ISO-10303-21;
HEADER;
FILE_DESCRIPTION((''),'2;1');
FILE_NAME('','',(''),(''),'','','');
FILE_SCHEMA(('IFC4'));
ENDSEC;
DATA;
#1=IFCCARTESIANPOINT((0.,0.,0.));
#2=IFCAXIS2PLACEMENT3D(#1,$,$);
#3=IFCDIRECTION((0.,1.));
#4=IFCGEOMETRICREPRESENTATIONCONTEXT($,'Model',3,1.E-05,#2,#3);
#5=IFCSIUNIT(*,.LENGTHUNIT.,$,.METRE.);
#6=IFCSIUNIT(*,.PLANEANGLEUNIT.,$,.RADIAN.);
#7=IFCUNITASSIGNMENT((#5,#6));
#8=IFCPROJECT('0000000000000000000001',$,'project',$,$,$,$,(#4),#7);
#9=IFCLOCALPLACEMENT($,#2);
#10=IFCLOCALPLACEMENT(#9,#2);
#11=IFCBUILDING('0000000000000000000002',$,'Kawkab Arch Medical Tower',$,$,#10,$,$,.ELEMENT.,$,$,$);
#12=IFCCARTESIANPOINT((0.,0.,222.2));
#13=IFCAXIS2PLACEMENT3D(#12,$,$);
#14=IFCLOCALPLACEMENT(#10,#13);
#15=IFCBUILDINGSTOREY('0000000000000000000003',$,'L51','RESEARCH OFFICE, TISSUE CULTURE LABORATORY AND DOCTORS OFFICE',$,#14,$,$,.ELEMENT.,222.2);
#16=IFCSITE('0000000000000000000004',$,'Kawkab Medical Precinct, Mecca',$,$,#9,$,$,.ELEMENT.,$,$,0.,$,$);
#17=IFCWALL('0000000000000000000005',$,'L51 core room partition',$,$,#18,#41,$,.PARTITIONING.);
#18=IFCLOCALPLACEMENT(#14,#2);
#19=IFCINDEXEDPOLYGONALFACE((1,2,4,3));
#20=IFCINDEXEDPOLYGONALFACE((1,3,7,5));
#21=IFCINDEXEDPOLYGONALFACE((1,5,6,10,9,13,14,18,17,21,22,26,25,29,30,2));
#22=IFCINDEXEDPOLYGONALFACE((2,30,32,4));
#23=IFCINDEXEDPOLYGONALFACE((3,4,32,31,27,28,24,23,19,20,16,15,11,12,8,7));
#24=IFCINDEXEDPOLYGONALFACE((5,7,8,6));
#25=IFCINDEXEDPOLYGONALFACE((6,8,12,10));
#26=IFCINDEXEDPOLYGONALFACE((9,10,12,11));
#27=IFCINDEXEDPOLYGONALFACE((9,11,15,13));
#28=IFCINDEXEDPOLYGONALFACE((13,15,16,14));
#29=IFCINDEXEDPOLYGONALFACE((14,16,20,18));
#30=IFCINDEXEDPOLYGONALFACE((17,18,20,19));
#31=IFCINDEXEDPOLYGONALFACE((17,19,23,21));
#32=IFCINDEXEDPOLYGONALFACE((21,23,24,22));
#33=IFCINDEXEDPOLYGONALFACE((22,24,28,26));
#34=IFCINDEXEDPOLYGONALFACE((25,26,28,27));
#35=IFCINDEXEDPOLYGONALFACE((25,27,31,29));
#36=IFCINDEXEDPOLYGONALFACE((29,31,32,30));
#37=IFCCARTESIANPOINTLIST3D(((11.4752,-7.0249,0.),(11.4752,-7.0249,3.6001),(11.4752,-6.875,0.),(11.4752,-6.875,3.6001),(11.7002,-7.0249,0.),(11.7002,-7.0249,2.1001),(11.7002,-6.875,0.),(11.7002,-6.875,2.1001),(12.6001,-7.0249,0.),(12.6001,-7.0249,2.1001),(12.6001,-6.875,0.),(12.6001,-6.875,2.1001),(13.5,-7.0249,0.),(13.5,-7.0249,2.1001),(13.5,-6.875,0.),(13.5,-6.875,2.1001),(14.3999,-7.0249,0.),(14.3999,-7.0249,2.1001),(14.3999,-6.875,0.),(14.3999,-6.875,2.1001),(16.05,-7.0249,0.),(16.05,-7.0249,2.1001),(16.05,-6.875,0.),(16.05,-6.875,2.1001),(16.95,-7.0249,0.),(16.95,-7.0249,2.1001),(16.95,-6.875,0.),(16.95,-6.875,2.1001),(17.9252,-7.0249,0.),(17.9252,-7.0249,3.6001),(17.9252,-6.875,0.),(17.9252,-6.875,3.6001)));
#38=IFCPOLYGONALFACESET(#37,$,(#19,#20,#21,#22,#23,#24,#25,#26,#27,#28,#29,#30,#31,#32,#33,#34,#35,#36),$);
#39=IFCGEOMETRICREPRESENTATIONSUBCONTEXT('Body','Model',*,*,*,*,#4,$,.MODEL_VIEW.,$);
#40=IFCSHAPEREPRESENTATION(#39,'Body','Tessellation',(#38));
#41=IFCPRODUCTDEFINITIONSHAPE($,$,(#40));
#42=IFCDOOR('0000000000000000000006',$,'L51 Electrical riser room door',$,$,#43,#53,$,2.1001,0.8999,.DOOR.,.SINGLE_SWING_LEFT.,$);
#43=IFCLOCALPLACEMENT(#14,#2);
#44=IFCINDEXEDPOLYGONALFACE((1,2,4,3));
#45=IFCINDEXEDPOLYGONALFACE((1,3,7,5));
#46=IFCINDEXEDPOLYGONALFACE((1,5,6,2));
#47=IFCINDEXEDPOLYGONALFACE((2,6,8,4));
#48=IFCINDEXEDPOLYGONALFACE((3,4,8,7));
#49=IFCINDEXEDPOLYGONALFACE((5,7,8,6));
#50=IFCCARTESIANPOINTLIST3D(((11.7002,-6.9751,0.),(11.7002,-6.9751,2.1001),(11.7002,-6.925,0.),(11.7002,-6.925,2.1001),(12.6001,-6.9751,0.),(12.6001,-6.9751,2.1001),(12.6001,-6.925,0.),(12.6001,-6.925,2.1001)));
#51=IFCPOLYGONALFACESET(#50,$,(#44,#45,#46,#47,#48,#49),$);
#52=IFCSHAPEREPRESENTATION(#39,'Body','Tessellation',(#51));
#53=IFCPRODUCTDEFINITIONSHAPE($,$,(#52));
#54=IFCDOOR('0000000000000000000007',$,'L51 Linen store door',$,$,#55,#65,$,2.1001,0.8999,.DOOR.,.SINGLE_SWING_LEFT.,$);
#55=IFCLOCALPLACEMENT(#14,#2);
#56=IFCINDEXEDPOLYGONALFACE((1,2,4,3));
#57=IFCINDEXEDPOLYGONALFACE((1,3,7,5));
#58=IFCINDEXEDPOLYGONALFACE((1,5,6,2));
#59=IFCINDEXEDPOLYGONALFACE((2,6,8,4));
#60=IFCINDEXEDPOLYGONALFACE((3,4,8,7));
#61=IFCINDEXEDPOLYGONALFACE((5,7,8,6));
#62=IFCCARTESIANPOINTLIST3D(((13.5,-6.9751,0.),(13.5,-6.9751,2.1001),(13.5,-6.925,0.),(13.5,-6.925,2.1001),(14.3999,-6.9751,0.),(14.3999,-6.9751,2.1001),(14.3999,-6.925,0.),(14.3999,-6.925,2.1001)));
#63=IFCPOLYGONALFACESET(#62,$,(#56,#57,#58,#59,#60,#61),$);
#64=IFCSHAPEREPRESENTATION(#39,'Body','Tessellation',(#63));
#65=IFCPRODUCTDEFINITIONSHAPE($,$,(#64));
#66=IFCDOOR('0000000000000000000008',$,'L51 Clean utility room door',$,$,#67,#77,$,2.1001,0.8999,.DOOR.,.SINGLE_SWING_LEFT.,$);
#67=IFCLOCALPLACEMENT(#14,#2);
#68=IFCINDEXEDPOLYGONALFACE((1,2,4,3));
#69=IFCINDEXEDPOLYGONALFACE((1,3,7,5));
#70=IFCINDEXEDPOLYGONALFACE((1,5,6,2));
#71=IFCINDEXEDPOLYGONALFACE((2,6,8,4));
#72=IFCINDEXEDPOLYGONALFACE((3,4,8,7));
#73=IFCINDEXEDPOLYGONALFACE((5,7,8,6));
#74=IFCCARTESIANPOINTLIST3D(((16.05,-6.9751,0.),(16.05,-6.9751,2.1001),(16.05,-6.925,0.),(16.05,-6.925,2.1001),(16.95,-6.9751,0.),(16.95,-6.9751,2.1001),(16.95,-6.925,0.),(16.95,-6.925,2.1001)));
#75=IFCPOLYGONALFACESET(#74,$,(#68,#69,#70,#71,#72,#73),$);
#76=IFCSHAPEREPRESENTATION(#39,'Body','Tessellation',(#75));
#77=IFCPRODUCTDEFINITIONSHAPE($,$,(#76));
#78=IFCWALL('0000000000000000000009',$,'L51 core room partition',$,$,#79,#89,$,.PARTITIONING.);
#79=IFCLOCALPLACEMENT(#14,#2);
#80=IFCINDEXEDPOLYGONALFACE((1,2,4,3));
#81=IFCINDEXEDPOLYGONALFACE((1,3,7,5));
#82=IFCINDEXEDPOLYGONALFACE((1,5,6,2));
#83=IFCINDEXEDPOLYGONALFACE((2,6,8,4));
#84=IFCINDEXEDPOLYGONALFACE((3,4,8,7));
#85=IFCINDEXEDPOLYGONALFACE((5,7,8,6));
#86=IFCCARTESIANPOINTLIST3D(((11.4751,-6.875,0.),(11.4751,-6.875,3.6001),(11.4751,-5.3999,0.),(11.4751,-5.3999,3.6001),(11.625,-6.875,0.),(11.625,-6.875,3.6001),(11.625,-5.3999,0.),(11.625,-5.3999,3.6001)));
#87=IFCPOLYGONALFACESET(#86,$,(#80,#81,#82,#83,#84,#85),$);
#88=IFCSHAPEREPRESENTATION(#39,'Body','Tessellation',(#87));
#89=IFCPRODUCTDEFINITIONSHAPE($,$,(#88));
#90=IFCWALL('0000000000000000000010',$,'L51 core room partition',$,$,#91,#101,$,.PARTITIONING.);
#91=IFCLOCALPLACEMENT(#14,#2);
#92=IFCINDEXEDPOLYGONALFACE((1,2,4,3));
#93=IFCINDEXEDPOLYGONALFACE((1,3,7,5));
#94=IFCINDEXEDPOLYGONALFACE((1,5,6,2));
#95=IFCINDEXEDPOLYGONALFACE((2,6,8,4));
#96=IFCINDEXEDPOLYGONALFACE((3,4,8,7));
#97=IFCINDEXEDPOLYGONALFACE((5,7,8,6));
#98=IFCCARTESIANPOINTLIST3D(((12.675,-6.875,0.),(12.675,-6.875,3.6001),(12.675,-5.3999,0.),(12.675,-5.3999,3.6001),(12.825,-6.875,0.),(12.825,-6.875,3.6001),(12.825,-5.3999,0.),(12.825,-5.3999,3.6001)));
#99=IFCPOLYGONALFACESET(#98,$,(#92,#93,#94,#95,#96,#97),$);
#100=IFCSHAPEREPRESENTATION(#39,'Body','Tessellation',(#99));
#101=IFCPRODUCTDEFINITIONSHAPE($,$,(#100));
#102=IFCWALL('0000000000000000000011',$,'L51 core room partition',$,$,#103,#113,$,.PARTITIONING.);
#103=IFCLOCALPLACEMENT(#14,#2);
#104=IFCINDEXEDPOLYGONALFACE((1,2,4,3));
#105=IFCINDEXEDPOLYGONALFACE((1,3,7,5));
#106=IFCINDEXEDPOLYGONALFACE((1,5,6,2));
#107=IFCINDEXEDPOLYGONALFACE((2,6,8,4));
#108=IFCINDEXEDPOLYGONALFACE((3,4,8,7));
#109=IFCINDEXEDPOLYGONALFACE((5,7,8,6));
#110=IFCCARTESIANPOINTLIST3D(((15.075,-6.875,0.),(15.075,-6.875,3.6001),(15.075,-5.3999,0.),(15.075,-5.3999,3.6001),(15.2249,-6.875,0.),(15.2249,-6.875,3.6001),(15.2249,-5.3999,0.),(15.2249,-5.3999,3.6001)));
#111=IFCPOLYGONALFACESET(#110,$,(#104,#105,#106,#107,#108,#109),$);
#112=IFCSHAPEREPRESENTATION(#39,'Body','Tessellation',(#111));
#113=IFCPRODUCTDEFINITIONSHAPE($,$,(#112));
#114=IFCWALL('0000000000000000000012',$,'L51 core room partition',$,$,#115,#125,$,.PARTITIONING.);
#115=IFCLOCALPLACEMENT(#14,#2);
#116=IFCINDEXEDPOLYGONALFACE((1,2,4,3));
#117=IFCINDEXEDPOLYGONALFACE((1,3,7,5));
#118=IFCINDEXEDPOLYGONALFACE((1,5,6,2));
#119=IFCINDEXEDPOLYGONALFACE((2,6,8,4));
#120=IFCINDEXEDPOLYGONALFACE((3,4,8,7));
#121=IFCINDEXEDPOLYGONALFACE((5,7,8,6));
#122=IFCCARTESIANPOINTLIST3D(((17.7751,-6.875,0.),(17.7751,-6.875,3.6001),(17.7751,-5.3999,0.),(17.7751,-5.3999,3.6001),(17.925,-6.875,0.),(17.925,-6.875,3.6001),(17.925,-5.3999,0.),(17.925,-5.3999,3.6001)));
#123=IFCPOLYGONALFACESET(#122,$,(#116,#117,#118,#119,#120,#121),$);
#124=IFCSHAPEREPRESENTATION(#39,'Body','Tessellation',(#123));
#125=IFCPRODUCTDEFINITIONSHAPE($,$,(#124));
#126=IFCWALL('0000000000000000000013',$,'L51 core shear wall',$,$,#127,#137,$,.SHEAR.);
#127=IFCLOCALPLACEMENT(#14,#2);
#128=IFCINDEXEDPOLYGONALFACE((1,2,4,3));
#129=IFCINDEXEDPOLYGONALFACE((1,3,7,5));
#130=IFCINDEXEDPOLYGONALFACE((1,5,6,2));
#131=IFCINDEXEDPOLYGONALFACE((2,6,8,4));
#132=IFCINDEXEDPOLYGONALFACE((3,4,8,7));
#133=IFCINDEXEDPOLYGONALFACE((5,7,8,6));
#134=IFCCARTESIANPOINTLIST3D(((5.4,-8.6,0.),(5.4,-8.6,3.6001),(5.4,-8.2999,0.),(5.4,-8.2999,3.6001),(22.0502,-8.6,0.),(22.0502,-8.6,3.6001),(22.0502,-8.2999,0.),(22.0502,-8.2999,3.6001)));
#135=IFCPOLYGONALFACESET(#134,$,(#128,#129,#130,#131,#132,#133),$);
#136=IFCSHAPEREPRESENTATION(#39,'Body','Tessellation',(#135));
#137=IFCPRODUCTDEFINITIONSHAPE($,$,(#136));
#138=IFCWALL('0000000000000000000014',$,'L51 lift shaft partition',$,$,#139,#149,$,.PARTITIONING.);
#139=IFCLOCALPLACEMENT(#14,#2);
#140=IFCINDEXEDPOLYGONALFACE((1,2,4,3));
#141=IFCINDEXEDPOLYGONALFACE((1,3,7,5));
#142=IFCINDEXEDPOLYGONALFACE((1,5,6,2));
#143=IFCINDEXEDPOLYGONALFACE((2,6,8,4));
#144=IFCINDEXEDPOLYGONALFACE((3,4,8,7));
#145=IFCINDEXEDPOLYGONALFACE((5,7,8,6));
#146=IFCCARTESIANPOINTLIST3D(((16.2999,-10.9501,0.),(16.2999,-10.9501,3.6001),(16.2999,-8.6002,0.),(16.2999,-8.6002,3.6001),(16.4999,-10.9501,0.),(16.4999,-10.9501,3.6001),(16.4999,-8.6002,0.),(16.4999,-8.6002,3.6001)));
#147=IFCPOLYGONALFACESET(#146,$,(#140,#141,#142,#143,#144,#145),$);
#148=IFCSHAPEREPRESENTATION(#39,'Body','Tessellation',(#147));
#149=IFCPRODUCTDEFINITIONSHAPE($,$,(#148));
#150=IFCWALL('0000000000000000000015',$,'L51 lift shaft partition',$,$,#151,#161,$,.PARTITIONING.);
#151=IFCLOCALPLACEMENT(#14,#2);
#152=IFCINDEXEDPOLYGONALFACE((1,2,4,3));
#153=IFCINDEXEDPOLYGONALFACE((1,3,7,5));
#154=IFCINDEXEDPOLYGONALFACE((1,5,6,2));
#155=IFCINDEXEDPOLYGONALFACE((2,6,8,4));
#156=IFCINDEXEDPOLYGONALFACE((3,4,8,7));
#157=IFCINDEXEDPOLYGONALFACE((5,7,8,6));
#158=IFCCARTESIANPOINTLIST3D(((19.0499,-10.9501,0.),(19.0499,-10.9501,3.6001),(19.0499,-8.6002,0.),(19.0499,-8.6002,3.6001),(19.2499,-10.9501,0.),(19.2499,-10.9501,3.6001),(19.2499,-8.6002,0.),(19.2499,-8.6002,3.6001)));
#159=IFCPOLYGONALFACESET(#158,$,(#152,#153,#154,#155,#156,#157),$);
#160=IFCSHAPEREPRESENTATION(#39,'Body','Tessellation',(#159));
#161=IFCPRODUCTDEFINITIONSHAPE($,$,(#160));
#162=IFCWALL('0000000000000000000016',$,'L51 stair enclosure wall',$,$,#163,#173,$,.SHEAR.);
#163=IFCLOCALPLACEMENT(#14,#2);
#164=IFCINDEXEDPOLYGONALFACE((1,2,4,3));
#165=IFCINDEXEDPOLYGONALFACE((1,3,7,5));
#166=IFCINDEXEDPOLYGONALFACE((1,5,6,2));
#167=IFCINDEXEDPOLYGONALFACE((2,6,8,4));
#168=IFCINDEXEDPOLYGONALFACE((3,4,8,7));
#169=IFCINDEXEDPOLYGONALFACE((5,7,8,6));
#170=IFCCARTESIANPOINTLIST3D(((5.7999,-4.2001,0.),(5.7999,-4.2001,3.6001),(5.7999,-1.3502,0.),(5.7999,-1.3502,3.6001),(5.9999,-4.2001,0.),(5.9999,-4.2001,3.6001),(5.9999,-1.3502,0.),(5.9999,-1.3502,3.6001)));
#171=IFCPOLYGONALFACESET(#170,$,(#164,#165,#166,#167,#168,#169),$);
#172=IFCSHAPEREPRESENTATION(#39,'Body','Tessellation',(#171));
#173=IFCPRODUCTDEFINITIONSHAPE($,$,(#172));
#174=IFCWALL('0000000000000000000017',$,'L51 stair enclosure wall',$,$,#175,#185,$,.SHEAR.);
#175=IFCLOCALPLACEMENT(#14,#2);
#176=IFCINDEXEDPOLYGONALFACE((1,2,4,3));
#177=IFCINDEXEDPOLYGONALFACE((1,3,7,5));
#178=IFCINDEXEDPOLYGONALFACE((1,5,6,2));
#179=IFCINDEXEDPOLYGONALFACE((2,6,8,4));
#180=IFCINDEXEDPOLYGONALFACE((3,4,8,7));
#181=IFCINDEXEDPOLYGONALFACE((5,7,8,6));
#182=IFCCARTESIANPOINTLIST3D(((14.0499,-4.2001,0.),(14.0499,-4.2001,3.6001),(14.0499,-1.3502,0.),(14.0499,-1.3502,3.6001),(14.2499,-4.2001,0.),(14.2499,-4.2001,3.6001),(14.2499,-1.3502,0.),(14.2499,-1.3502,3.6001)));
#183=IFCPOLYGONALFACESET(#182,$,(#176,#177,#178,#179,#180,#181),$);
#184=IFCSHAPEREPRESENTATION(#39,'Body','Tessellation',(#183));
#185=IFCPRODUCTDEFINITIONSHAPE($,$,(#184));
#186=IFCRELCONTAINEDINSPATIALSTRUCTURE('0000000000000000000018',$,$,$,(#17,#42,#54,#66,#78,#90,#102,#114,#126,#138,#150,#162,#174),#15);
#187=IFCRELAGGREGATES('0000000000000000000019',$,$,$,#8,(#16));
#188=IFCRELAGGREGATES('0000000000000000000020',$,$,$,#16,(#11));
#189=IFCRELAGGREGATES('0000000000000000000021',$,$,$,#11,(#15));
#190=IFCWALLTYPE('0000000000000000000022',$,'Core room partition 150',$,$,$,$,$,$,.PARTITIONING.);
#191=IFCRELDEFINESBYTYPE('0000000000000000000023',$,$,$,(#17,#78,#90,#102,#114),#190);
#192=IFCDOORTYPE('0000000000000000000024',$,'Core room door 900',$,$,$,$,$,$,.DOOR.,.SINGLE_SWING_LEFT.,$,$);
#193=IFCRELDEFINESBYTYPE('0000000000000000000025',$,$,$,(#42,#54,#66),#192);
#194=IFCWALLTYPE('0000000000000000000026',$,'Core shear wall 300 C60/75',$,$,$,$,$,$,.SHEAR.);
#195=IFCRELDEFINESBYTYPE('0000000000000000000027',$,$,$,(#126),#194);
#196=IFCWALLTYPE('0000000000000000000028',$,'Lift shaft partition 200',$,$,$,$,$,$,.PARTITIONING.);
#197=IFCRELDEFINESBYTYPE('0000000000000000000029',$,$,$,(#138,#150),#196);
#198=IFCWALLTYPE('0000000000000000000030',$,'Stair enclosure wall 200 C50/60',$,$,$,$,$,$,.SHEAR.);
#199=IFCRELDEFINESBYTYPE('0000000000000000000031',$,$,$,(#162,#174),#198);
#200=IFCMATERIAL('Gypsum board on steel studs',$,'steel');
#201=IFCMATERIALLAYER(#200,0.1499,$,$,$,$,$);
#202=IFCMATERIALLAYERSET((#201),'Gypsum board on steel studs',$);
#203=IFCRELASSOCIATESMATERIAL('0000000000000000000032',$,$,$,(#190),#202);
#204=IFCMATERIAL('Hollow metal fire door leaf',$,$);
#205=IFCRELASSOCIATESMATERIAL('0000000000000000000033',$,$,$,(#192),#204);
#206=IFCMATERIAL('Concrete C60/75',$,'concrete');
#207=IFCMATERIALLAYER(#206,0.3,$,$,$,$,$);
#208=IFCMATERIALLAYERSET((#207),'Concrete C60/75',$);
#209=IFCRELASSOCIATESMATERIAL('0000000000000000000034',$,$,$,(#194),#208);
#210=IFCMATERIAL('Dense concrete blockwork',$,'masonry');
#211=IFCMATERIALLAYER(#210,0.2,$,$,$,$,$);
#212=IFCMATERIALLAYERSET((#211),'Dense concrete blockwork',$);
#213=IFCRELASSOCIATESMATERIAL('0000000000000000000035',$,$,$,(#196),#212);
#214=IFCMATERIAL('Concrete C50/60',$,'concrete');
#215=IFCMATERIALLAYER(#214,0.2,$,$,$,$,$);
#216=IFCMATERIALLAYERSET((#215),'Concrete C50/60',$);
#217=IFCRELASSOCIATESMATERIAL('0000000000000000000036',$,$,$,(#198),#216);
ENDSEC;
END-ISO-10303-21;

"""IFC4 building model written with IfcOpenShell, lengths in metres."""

from ifc_helpers import new_model, si_unit, direction, frame, frame_2d, origin, place, context, subcontext, project, spatial, rectangle, extrude, material, layer, layer_set, type_object, element, fill, save


model = new_model("IFC4")

# Units and contexts
model_context = context("Model", 3, precision=1e-05, world=origin(), true_north=direction((0.0, 1.0)))
body_context = subcontext(model_context, "Body", "Model", "MODEL_VIEW")
ifc_project = project(units=[si_unit("LENGTHUNIT", "METRE"), si_unit("PLANEANGLEUNIT", "RADIAN")], contexts=[model_context])

# Site, building, storey
site_placement = place(None, origin())
site = spatial("IfcSite", under=ifc_project, at=site_placement, Name="Kawkab Medical Precinct, Mecca", CompositionType="ELEMENT", RefElevation=0.0)
building_placement = place(site_placement, origin())
building = spatial("IfcBuilding", under=site, at=building_placement, Name="Kawkab Arch Medical Tower", CompositionType="ELEMENT")
storey_placement = place(building_placement, frame((0.0, 0.0, 222.2)))
storey = spatial("IfcBuildingStorey", under=building, at=storey_placement, Name="L51", Description="RESEARCH OFFICE, TISSUE CULTURE LABORATORY AND DOCTORS OFFICE", CompositionType="ELEMENT", Elevation=222.2)

# Wall, openings, doors
ifc_material_1 = material(Name="Gypsum board on steel studs", Category="steel")
ifc_layer_1 = layer(ifc_material_1, 0.1499)
ifc_layer_set_1 = layer_set([ifc_layer_1], Name="Gypsum board on steel studs")
wall_type_1 = type_object("IfcWallType", Name="Core room partition 150", PredefinedType="PARTITIONING", material=ifc_layer_set_1)
wall_1_placement = place(storey_placement, frame((11.4751, -6.95, 0.0), z_axis=(0.0, 0.0, 1.0), x_axis=(1.0, 0.0, 0.0)))
wall_1 = element("IfcWall", 1, at=wall_1_placement, inside=storey, type_object=wall_type_1, Name="L51 core room partition", PredefinedType="PARTITIONING", context=body_context, shape_type="SweptSolid", body=[
    extrude(rectangle(XDim=6.45, YDim=0.1499, at=frame_2d((3.2251, 0.0))), origin(), (0.0, 0.0, 1.0), 3.6001),
])
opening_1_placement = place(wall_1_placement, frame((0.2251, 0.0, 0.0)))
opening_1 = element("IfcOpeningElement", 2, at=opening_1_placement, cuts=wall_1, PredefinedType="OPENING", context=body_context, shape_type="SweptSolid", body=[
    extrude(rectangle(XDim=0.8999, YDim=2.1001, at=frame_2d((0.45, 1.05))), frame((0.0, 0.085, 0.0), z_axis=(0.0, -1.0, 0.0), x_axis=(1.0, 0.0, 0.0)), (0.0, 0.0, 1.0), 0.1699),
])
opening_2_placement = place(wall_1_placement, frame((2.0249, 0.0, 0.0)))
opening_2 = element("IfcOpeningElement", 3, at=opening_2_placement, cuts=wall_1, PredefinedType="OPENING", context=body_context, shape_type="SweptSolid", body=[
    extrude(rectangle(XDim=0.8999, YDim=2.1001, at=frame_2d((0.45, 1.05))), frame((0.0, 0.085, 0.0), z_axis=(0.0, -1.0, 0.0), x_axis=(1.0, 0.0, 0.0)), (0.0, 0.0, 1.0), 0.1699),
])
opening_3_placement = place(wall_1_placement, frame((4.575, 0.0, 0.0)))
opening_3 = element("IfcOpeningElement", 4, at=opening_3_placement, cuts=wall_1, PredefinedType="OPENING", context=body_context, shape_type="SweptSolid", body=[
    extrude(rectangle(XDim=0.8999, YDim=2.1001, at=frame_2d((0.45, 1.05))), frame((0.0, 0.085, 0.0), z_axis=(0.0, -1.0, 0.0), x_axis=(1.0, 0.0, 0.0)), (0.0, 0.0, 1.0), 0.1699),
])
ifc_material_2 = material(Name="Hollow metal fire door leaf")
door_type = type_object("IfcDoorType", Name="Core room door 900", OperationType="SINGLE_SWING_LEFT", PredefinedType="DOOR", material=ifc_material_2)
door_1_placement = place(opening_1_placement, origin())
door_1 = element("IfcDoor", 5, at=door_1_placement, inside=storey, type_object=door_type, Name="L51 Electrical riser room door", OperationType="SINGLE_SWING_LEFT", OverallHeight=2.1001, OverallWidth=0.8999, PredefinedType="DOOR", context=body_context, shape_type="SweptSolid", body=[
    extrude(rectangle(XDim=0.8999, YDim=2.1001, at=frame_2d((0.45, 1.05))), frame((0.0, 0.0249, 0.0), z_axis=(0.0, -1.0, 0.0), x_axis=(1.0, 0.0, 0.0)), (0.0, 0.0, 1.0), 0.05),
])
fill(opening_1, door_1)
door_2_placement = place(opening_2_placement, origin())
door_2 = element("IfcDoor", 6, at=door_2_placement, inside=storey, type_object=door_type, Name="L51 Linen store door", OperationType="SINGLE_SWING_LEFT", OverallHeight=2.1001, OverallWidth=0.8999, PredefinedType="DOOR", context=body_context, shape_type="SweptSolid", body=[
    extrude(rectangle(XDim=0.8999, YDim=2.1001, at=frame_2d((0.45, 1.05))), frame((0.0, 0.0249, 0.0), z_axis=(0.0, -1.0, 0.0), x_axis=(1.0, 0.0, 0.0)), (0.0, 0.0, 1.0), 0.05),
])
fill(opening_2, door_2)
door_3_placement = place(opening_3_placement, origin())
door_3 = element("IfcDoor", 7, at=door_3_placement, inside=storey, type_object=door_type, Name="L51 Clean utility room door", OperationType="SINGLE_SWING_LEFT", OverallHeight=2.1001, OverallWidth=0.8999, PredefinedType="DOOR", context=body_context, shape_type="SweptSolid", body=[
    extrude(rectangle(XDim=0.8999, YDim=2.1001, at=frame_2d((0.45, 1.05))), frame((0.0, 0.0249, 0.0), z_axis=(0.0, -1.0, 0.0), x_axis=(1.0, 0.0, 0.0)), (0.0, 0.0, 1.0), 0.05),
])
fill(opening_3, door_3)

# Walls
for number, where, z_axis, x_axis, name in (
    (8, (11.55, -6.875, 0.0), (0.0, 0.0, 1.0), (0.0, 1.0, 0.0), "L51 core room partition"),
    (9, (12.75, -6.875, 0.0), (0.0, 0.0, 1.0), (0.0, 1.0, 0.0), "L51 core room partition"),
    (10, (15.1499, -6.875, 0.0), (0.0, 0.0, 1.0), (0.0, 1.0, 0.0), "L51 core room partition"),
    (11, (17.8501, -6.875, 0.0), (0.0, 0.0, 1.0), (0.0, 1.0, 0.0), "L51 core room partition"),
):
    element("IfcWall", number, at=place(storey_placement, frame(where, z_axis=z_axis, x_axis=x_axis)), inside=storey, type_object=wall_type_1, Name=name, PredefinedType="PARTITIONING", context=body_context, shape_type="SweptSolid", body=[
        extrude(rectangle(XDim=1.4751, YDim=0.1499, at=frame_2d((0.7375, 0.0))), origin(), (0.0, 0.0, 1.0), 3.6001),
    ])
ifc_material_3 = material(Name="Concrete C60/75", Category="concrete")
ifc_layer_2 = layer(ifc_material_3, 0.3)
ifc_layer_set_2 = layer_set([ifc_layer_2], Name="Concrete C60/75")
wall_type_2 = type_object("IfcWallType", Name="Core shear wall 300 C60/75", PredefinedType="SHEAR", material=ifc_layer_set_2)
wall_2_placement = place(storey_placement, frame((5.3999, -8.45, 0.0), z_axis=(0.0, 0.0, 1.0), x_axis=(1.0, 0.0, 0.0)))
element("IfcWall", 12, at=wall_2_placement, inside=storey, type_object=wall_type_2, Name="L51 core shear wall", PredefinedType="SHEAR", context=body_context, shape_type="SweptSolid", body=[
    extrude(rectangle(XDim=16.6501, YDim=0.3, at=frame_2d((8.3252, 0.0))), origin(), (0.0, 0.0, 1.0), 3.6001),
])
ifc_material_4 = material(Name="Dense concrete blockwork", Category="masonry")
ifc_layer_3 = layer(ifc_material_4, 0.2)
ifc_layer_set_3 = layer_set([ifc_layer_3], Name="Dense concrete blockwork")
wall_type_3 = type_object("IfcWallType", Name="Lift shaft partition 200", PredefinedType="PARTITIONING", material=ifc_layer_set_3)
for number, where, z_axis, x_axis, name in (
    (13, (16.3999, -10.95, 0.0), (0.0, 0.0, 1.0), (0.0, 1.0, 0.0), "L51 lift shaft partition"),
    (14, (19.1499, -10.95, 0.0), (0.0, 0.0, 1.0), (0.0, 1.0, 0.0), "L51 lift shaft partition"),
):
    element("IfcWall", number, at=place(storey_placement, frame(where, z_axis=z_axis, x_axis=x_axis)), inside=storey, type_object=wall_type_3, Name=name, PredefinedType="PARTITIONING", context=body_context, shape_type="SweptSolid", body=[
        extrude(rectangle(XDim=2.3499, YDim=0.2, at=frame_2d((1.1748, 0.0))), origin(), (0.0, 0.0, 1.0), 3.6001),
    ])
ifc_material_5 = material(Name="Concrete C50/60", Category="concrete")
ifc_layer_4 = layer(ifc_material_5, 0.2)
ifc_layer_set_4 = layer_set([ifc_layer_4], Name="Concrete C50/60")
wall_type_4 = type_object("IfcWallType", Name="Stair enclosure wall 200 C50/60", PredefinedType="SHEAR", material=ifc_layer_set_4)
for number, where, z_axis, x_axis, name in (
    (15, (5.8999, -4.2, 0.0), (0.0, 0.0, 1.0), (0.0, 1.0, 0.0), "L51 stair enclosure wall"),
    (16, (14.1499, -4.2, 0.0), (0.0, 0.0, 1.0), (0.0, 1.0, 0.0), "L51 stair enclosure wall"),
):
    element("IfcWall", number, at=place(storey_placement, frame(where, z_axis=z_axis, x_axis=x_axis)), inside=storey, type_object=wall_type_4, Name=name, PredefinedType="SHEAR", context=body_context, shape_type="SweptSolid", body=[
        extrude(rectangle(XDim=2.8499, YDim=0.2, at=frame_2d((1.4248, 0.0))), origin(), (0.0, 0.0, 1.0), 3.6001),
    ])

save(model, "model.ifc")
